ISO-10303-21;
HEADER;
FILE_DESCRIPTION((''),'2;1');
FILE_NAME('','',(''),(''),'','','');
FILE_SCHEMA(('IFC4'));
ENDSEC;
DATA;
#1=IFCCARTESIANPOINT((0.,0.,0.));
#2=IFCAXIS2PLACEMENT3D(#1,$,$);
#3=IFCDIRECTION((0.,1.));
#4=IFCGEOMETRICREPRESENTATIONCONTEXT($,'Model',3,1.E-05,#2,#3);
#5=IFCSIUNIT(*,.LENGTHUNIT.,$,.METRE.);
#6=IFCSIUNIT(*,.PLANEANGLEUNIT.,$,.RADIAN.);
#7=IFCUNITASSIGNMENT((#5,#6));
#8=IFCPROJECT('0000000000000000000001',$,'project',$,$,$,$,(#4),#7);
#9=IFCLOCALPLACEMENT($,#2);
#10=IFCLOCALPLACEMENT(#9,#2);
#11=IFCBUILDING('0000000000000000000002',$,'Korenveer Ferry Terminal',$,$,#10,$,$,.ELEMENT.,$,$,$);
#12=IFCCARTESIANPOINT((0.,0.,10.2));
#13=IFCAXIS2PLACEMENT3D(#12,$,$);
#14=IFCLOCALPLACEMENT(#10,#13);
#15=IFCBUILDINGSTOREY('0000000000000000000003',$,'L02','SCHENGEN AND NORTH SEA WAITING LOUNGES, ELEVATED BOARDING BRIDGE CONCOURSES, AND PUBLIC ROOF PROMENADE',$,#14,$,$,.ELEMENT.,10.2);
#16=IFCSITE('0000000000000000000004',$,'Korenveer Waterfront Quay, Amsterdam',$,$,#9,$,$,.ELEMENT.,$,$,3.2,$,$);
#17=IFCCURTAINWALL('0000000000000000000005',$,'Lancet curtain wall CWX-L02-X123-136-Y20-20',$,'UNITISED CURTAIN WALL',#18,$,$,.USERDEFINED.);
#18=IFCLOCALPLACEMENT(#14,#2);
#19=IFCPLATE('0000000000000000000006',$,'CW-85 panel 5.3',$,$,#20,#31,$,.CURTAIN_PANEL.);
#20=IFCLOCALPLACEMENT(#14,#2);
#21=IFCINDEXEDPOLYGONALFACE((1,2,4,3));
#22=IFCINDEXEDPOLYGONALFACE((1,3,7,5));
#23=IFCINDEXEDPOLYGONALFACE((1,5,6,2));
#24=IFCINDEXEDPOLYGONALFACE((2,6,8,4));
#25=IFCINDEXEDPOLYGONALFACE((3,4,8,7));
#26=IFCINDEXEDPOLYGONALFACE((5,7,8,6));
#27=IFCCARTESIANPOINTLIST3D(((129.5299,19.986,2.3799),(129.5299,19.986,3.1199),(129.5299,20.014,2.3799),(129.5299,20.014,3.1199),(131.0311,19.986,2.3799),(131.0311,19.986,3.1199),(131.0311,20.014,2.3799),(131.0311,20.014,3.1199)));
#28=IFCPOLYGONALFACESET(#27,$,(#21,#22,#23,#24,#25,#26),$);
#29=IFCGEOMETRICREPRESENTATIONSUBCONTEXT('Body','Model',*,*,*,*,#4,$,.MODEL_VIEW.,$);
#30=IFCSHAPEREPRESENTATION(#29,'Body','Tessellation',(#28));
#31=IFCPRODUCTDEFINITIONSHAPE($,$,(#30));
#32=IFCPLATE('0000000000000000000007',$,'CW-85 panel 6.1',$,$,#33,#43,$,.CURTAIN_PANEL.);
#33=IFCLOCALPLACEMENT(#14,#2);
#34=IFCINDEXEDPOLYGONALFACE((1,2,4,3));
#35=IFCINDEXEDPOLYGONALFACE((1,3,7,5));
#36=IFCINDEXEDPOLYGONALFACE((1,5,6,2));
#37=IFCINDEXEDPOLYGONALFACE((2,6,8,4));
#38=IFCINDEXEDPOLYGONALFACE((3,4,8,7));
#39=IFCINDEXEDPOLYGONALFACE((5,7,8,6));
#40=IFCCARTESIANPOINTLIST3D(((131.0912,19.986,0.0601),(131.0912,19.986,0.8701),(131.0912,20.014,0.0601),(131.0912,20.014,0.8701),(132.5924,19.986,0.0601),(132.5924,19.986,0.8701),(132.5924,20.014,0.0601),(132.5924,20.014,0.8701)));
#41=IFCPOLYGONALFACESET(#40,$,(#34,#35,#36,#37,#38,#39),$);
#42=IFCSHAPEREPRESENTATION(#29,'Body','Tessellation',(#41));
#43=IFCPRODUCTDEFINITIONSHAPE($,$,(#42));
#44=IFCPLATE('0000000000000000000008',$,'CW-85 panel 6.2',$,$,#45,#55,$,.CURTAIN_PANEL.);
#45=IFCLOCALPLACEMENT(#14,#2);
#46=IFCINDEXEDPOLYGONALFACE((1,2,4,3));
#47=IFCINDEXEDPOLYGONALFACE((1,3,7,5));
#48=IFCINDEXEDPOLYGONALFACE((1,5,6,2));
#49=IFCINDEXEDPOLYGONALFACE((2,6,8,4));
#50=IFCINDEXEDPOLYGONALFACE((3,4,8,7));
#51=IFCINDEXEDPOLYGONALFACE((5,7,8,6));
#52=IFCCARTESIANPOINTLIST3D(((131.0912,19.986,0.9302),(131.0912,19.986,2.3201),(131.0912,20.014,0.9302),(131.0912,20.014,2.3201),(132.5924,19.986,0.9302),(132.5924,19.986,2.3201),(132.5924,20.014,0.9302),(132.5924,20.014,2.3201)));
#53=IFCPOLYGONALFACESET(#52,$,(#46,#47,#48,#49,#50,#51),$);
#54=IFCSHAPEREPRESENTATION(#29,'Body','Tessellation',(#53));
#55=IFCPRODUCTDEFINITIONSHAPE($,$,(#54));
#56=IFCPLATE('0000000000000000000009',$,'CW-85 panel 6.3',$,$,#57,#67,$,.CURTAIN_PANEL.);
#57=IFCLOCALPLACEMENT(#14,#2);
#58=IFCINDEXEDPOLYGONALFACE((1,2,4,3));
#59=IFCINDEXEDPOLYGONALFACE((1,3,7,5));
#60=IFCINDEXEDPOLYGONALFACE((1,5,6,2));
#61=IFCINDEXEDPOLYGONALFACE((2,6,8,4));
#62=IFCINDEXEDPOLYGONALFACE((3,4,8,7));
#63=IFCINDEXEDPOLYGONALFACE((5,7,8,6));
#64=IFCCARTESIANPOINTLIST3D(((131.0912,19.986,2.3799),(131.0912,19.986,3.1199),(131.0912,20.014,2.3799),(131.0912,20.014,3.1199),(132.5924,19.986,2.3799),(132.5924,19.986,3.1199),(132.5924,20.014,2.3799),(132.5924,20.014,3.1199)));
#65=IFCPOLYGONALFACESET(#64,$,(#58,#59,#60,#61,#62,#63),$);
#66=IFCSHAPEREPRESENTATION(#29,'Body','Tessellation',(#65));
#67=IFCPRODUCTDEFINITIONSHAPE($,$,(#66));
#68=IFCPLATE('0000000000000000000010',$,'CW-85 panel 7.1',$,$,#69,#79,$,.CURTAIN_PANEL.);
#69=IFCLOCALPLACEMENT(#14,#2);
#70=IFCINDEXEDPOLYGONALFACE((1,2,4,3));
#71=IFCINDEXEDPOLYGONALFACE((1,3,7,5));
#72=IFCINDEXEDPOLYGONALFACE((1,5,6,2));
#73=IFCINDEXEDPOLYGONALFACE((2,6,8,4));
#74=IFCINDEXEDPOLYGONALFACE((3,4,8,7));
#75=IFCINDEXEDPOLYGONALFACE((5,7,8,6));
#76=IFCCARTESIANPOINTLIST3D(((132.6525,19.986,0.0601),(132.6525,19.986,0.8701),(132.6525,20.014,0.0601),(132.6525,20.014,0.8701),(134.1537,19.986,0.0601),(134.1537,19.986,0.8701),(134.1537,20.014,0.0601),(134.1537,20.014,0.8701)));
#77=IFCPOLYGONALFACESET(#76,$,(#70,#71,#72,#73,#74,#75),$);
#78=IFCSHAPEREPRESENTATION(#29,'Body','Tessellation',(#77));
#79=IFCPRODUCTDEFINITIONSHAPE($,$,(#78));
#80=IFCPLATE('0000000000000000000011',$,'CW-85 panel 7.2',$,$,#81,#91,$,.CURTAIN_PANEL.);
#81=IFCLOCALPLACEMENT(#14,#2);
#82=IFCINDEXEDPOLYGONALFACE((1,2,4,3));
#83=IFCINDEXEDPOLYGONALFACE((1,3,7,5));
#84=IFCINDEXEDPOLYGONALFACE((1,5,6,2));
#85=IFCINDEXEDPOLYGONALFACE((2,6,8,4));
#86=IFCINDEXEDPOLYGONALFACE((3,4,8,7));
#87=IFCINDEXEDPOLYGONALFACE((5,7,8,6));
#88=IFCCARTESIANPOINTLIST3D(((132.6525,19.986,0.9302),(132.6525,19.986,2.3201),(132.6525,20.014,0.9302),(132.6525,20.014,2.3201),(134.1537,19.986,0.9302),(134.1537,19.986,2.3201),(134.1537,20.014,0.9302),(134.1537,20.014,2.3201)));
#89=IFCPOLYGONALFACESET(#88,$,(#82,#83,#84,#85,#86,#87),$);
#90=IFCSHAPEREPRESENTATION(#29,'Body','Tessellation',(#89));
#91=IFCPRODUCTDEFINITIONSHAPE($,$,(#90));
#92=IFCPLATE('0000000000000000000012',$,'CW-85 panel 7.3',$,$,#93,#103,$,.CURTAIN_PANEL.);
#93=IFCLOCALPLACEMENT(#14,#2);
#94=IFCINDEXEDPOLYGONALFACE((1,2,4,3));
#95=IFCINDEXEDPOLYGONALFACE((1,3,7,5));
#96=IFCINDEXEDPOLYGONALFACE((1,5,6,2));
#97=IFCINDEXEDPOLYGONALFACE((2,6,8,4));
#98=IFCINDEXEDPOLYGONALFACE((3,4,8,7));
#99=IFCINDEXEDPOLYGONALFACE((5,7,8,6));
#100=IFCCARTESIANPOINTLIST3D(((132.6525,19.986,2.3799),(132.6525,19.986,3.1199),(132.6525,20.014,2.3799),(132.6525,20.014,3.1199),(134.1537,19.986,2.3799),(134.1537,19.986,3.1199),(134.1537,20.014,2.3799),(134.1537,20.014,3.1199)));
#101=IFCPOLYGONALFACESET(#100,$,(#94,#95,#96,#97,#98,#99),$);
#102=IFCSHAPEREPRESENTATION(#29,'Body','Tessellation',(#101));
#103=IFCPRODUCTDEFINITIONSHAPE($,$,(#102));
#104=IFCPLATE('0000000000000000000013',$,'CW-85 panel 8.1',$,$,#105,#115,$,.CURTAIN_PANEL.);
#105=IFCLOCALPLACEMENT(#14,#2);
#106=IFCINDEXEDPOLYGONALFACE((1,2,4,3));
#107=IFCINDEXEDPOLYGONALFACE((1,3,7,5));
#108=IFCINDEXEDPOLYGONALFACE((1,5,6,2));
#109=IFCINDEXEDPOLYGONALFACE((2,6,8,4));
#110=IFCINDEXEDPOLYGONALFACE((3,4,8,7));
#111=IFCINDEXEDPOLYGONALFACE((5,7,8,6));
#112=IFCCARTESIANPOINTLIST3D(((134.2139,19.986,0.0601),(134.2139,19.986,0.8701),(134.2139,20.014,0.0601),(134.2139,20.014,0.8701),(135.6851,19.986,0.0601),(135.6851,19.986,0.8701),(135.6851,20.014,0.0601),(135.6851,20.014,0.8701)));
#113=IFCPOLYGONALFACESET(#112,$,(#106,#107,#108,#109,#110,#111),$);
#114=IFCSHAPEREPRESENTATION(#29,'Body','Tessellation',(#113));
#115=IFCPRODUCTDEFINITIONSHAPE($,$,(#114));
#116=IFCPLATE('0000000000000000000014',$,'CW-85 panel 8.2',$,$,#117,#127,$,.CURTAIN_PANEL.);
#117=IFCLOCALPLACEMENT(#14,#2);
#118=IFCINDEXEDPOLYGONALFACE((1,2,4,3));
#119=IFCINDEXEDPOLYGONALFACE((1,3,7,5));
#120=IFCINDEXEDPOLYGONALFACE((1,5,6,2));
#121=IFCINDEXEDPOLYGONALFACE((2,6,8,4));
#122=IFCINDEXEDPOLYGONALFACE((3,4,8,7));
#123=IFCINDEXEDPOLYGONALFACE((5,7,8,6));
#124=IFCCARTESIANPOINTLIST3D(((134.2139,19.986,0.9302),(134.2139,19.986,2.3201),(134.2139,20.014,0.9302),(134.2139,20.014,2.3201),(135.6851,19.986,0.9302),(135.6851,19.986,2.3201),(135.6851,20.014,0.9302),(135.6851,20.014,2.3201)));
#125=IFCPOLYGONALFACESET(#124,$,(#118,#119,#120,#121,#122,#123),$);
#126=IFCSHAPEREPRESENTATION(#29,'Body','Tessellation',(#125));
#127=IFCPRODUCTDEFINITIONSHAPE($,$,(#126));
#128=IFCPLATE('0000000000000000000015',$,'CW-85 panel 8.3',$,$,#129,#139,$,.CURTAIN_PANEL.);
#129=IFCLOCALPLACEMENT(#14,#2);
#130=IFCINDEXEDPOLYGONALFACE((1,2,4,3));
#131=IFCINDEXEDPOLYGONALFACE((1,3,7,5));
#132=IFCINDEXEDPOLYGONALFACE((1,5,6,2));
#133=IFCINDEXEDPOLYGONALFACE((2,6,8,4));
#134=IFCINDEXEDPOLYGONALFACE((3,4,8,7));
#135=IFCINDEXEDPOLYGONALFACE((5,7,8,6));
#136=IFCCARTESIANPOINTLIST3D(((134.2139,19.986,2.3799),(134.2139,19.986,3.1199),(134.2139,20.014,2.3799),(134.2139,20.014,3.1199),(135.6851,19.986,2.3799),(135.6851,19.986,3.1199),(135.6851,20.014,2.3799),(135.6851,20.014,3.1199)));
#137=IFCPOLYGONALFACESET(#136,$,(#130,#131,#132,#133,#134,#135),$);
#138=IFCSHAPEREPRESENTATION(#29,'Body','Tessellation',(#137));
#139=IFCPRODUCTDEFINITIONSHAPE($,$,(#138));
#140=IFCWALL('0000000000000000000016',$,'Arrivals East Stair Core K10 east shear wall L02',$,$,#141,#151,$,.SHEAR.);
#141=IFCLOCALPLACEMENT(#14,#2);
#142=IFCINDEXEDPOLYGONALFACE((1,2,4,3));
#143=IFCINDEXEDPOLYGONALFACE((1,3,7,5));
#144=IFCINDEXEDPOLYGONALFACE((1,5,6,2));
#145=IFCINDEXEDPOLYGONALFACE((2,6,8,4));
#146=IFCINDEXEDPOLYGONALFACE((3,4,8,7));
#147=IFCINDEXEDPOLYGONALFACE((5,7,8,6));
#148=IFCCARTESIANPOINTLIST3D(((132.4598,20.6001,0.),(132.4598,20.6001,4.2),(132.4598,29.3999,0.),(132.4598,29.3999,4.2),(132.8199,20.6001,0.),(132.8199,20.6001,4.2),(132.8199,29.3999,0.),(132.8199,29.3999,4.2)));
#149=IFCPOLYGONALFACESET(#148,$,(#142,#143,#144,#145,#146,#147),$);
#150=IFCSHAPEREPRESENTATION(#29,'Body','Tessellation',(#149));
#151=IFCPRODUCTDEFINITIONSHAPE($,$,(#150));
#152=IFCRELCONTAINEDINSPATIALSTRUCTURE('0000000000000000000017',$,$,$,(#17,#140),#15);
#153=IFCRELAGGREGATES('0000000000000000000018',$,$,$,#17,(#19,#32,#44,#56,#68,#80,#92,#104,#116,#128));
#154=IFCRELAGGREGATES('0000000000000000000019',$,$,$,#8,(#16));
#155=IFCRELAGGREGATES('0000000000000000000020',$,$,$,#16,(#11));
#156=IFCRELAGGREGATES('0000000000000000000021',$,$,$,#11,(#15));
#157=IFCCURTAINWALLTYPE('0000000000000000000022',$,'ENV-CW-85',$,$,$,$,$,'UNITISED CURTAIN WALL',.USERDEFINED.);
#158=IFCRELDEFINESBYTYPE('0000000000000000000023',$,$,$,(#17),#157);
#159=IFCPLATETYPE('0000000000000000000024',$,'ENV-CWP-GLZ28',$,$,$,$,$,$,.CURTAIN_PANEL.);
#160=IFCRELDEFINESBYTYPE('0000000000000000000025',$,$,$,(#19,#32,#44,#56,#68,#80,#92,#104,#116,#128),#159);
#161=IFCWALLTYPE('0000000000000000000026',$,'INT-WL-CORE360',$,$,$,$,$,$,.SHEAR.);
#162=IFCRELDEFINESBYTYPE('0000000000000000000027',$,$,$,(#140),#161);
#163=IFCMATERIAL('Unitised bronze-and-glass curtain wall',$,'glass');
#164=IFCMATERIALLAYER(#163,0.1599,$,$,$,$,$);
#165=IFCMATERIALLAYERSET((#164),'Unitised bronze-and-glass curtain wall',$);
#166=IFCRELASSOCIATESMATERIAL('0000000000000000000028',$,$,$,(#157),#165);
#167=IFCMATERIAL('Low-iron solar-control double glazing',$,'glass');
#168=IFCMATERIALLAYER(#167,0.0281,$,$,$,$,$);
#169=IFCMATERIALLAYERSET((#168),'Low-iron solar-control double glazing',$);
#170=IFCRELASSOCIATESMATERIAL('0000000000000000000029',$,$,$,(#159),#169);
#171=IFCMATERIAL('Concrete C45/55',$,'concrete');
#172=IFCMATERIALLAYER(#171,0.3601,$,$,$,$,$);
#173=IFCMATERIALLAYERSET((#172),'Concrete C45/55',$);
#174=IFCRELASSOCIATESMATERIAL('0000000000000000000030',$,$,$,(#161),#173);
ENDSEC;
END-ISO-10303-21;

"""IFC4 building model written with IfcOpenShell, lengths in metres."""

from ifc_helpers import new_model, si_unit, direction, frame, frame_2d, origin, origin_2d, place, context, subcontext, project, spatial, rectangle, extrude, material, layer, layer_set, type_object, element, aggregate, save


model = new_model("IFC4")

# Units and contexts
model_context = context("Model", 3, precision=1e-05, world=origin(), true_north=direction((0.0, 1.0)))
body_context = subcontext(model_context, "Body", "Model", "MODEL_VIEW")
ifc_project = project(units=[si_unit("LENGTHUNIT", "METRE"), si_unit("PLANEANGLEUNIT", "RADIAN")], contexts=[model_context])

# Site, building, storey
site_placement = place(None, origin())
site = spatial("IfcSite", under=ifc_project, at=site_placement, Name="Korenveer Waterfront Quay, Amsterdam", CompositionType="ELEMENT", RefElevation=3.2)
building_placement = place(site_placement, origin())
building = spatial("IfcBuilding", under=site, at=building_placement, Name="Korenveer Ferry Terminal", CompositionType="ELEMENT")
storey_placement = place(building_placement, frame((0.0, 0.0, 10.2)))
storey = spatial("IfcBuildingStorey", under=building, at=storey_placement, Name="L02", Description="SCHENGEN AND NORTH SEA WAITING LOUNGES, ELEVATED BOARDING BRIDGE CONCOURSES, AND PUBLIC ROOF PROMENADE", CompositionType="ELEMENT", Elevation=10.2)

# Shared definitions
ifc_material_1 = material(Name="Concrete C45/55", Category="concrete")

# Curtain wall
ifc_material_2 = material(Name="Unitised bronze-and-glass curtain wall", Category="glass")
ifc_layer_1 = layer(ifc_material_2, 0.1599)
ifc_layer_set_1 = layer_set([ifc_layer_1], Name="Unitised bronze-and-glass curtain wall")
curtain_wall_type = type_object("IfcCurtainWallType", Name="ENV-CW-85", ElementType="UNITISED CURTAIN WALL", PredefinedType="USERDEFINED", material=ifc_layer_set_1)
curtain_wall_placement = place(storey_placement, frame((123.2549, 20.0, 0.0)))
curtain_wall = element("IfcCurtainWall", 1, at=curtain_wall_placement, inside=storey, type_object=curtain_wall_type, Name="Lancet curtain wall CWX-L02-X123-136-Y20-20", ObjectType="UNITISED CURTAIN WALL", PredefinedType="USERDEFINED")

# Plates
ifc_material_3 = material(Name="Low-iron solar-control double glazing", Category="glass")
ifc_layer_2 = layer(ifc_material_3, 0.0281)
ifc_layer_set_2 = layer_set([ifc_layer_2], Name="Low-iron solar-control double glazing")
plate_type = type_object("IfcPlateType", Name="ENV-CWP-GLZ28", PredefinedType="CURTAIN_PANEL", material=ifc_layer_set_2)
plate_1_placement = place(storey_placement, frame((130.2805, 20.0, 2.3799), z_axis=(0.0, 0.0, 1.0), x_axis=(1.0, 0.0, 0.0)))
plate_1 = element("IfcPlate", 2, at=plate_1_placement, type_object=plate_type, Name="CW-85 panel 5.3", PredefinedType="CURTAIN_PANEL", context=body_context, shape_type="SweptSolid", body=[
    extrude(rectangle(XDim=1.5012, YDim=0.0281, at=origin_2d()), origin(), (0.0, 0.0, 1.0), 0.74),
])
plate_2_placement = place(storey_placement, frame((131.8418, 20.0, 0.0601), z_axis=(0.0, 0.0, 1.0), x_axis=(1.0, 0.0, 0.0)))
plate_2 = element("IfcPlate", 3, at=plate_2_placement, type_object=plate_type, Name="CW-85 panel 6.1", PredefinedType="CURTAIN_PANEL", context=body_context, shape_type="SweptSolid", body=[
    extrude(rectangle(XDim=1.5012, YDim=0.0281, at=origin_2d()), origin(), (0.0, 0.0, 1.0), 0.8101),
])
plate_3_placement = place(storey_placement, frame((131.8418, 20.0, 0.9302), z_axis=(0.0, 0.0, 1.0), x_axis=(1.0, 0.0, 0.0)))
plate_3 = element("IfcPlate", 4, at=plate_3_placement, type_object=plate_type, Name="CW-85 panel 6.2", PredefinedType="CURTAIN_PANEL", context=body_context, shape_type="SweptSolid", body=[
    extrude(rectangle(XDim=1.5012, YDim=0.0281, at=origin_2d()), origin(), (0.0, 0.0, 1.0), 1.3899),
])
plate_4_placement = place(storey_placement, frame((131.8418, 20.0, 2.3799), z_axis=(0.0, 0.0, 1.0), x_axis=(1.0, 0.0, 0.0)))
plate_4 = element("IfcPlate", 5, at=plate_4_placement, type_object=plate_type, Name="CW-85 panel 6.3", PredefinedType="CURTAIN_PANEL", context=body_context, shape_type="SweptSolid", body=[
    extrude(rectangle(XDim=1.5012, YDim=0.0281, at=origin_2d()), origin(), (0.0, 0.0, 1.0), 0.74),
])
plate_5_placement = place(storey_placement, frame((133.4031, 20.0, 0.0601), z_axis=(0.0, 0.0, 1.0), x_axis=(1.0, 0.0, 0.0)))
plate_5 = element("IfcPlate", 6, at=plate_5_placement, type_object=plate_type, Name="CW-85 panel 7.1", PredefinedType="CURTAIN_PANEL", context=body_context, shape_type="SweptSolid", body=[
    extrude(rectangle(XDim=1.5012, YDim=0.0281, at=origin_2d()), origin(), (0.0, 0.0, 1.0), 0.8101),
])
plate_6_placement = place(storey_placement, frame((133.4031, 20.0, 0.9302), z_axis=(0.0, 0.0, 1.0), x_axis=(1.0, 0.0, 0.0)))
plate_6 = element("IfcPlate", 7, at=plate_6_placement, type_object=plate_type, Name="CW-85 panel 7.2", PredefinedType="CURTAIN_PANEL", context=body_context, shape_type="SweptSolid", body=[
    extrude(rectangle(XDim=1.5012, YDim=0.0281, at=origin_2d()), origin(), (0.0, 0.0, 1.0), 1.3899),
])
plate_7_placement = place(storey_placement, frame((133.4031, 20.0, 2.3799), z_axis=(0.0, 0.0, 1.0), x_axis=(1.0, 0.0, 0.0)))
plate_7 = element("IfcPlate", 8, at=plate_7_placement, type_object=plate_type, Name="CW-85 panel 7.3", PredefinedType="CURTAIN_PANEL", context=body_context, shape_type="SweptSolid", body=[
    extrude(rectangle(XDim=1.5012, YDim=0.0281, at=origin_2d()), origin(), (0.0, 0.0, 1.0), 0.74),
])
plate_8_placement = place(storey_placement, frame((134.9495, 20.0, 0.0601), z_axis=(0.0, 0.0, 1.0), x_axis=(1.0, 0.0, 0.0)))
plate_8 = element("IfcPlate", 9, at=plate_8_placement, type_object=plate_type, Name="CW-85 panel 8.1", PredefinedType="CURTAIN_PANEL", context=body_context, shape_type="SweptSolid", body=[
    extrude(rectangle(XDim=1.4712, YDim=0.0281, at=origin_2d()), origin(), (0.0, 0.0, 1.0), 0.8101),
])
plate_9_placement = place(storey_placement, frame((134.9495, 20.0, 0.9302), z_axis=(0.0, 0.0, 1.0), x_axis=(1.0, 0.0, 0.0)))
plate_9 = element("IfcPlate", 10, at=plate_9_placement, type_object=plate_type, Name="CW-85 panel 8.2", PredefinedType="CURTAIN_PANEL", context=body_context, shape_type="SweptSolid", body=[
    extrude(rectangle(XDim=1.4712, YDim=0.0281, at=origin_2d()), origin(), (0.0, 0.0, 1.0), 1.3899),
])
plate_10_placement = place(storey_placement, frame((134.9495, 20.0, 2.3799), z_axis=(0.0, 0.0, 1.0), x_axis=(1.0, 0.0, 0.0)))
plate_10 = element("IfcPlate", 11, at=plate_10_placement, type_object=plate_type, Name="CW-85 panel 8.3", PredefinedType="CURTAIN_PANEL", context=body_context, shape_type="SweptSolid", body=[
    extrude(rectangle(XDim=1.4712, YDim=0.0281, at=origin_2d()), origin(), (0.0, 0.0, 1.0), 0.74),
])
aggregate(curtain_wall, [plate_1, plate_2, plate_3, plate_4, plate_5, plate_6, plate_7, plate_8, plate_9, plate_10])

# Wall
ifc_layer_3 = layer(ifc_material_1, 0.3601)
ifc_layer_set_3 = layer_set([ifc_layer_3], Name="Concrete C45/55")
wall_type = type_object("IfcWallType", Name="INT-WL-CORE360", PredefinedType="SHEAR", material=ifc_layer_set_3)
wall_placement = place(storey_placement, frame((132.6399, 20.6001, 0.0), z_axis=(0.0, 0.0, 1.0), x_axis=(0.0, 1.0, 0.0)))
element("IfcWall", 12, at=wall_placement, inside=storey, type_object=wall_type, Name="Arrivals East Stair Core K10 east shear wall L02", PredefinedType="SHEAR", context=body_context, shape_type="SweptSolid", body=[
    extrude(rectangle(XDim=8.7998, YDim=0.3601, at=frame_2d((4.3999, 0.0))), origin(), (0.0, 0.0, 1.0), 4.2),
])

save(model, "model.ifc")
